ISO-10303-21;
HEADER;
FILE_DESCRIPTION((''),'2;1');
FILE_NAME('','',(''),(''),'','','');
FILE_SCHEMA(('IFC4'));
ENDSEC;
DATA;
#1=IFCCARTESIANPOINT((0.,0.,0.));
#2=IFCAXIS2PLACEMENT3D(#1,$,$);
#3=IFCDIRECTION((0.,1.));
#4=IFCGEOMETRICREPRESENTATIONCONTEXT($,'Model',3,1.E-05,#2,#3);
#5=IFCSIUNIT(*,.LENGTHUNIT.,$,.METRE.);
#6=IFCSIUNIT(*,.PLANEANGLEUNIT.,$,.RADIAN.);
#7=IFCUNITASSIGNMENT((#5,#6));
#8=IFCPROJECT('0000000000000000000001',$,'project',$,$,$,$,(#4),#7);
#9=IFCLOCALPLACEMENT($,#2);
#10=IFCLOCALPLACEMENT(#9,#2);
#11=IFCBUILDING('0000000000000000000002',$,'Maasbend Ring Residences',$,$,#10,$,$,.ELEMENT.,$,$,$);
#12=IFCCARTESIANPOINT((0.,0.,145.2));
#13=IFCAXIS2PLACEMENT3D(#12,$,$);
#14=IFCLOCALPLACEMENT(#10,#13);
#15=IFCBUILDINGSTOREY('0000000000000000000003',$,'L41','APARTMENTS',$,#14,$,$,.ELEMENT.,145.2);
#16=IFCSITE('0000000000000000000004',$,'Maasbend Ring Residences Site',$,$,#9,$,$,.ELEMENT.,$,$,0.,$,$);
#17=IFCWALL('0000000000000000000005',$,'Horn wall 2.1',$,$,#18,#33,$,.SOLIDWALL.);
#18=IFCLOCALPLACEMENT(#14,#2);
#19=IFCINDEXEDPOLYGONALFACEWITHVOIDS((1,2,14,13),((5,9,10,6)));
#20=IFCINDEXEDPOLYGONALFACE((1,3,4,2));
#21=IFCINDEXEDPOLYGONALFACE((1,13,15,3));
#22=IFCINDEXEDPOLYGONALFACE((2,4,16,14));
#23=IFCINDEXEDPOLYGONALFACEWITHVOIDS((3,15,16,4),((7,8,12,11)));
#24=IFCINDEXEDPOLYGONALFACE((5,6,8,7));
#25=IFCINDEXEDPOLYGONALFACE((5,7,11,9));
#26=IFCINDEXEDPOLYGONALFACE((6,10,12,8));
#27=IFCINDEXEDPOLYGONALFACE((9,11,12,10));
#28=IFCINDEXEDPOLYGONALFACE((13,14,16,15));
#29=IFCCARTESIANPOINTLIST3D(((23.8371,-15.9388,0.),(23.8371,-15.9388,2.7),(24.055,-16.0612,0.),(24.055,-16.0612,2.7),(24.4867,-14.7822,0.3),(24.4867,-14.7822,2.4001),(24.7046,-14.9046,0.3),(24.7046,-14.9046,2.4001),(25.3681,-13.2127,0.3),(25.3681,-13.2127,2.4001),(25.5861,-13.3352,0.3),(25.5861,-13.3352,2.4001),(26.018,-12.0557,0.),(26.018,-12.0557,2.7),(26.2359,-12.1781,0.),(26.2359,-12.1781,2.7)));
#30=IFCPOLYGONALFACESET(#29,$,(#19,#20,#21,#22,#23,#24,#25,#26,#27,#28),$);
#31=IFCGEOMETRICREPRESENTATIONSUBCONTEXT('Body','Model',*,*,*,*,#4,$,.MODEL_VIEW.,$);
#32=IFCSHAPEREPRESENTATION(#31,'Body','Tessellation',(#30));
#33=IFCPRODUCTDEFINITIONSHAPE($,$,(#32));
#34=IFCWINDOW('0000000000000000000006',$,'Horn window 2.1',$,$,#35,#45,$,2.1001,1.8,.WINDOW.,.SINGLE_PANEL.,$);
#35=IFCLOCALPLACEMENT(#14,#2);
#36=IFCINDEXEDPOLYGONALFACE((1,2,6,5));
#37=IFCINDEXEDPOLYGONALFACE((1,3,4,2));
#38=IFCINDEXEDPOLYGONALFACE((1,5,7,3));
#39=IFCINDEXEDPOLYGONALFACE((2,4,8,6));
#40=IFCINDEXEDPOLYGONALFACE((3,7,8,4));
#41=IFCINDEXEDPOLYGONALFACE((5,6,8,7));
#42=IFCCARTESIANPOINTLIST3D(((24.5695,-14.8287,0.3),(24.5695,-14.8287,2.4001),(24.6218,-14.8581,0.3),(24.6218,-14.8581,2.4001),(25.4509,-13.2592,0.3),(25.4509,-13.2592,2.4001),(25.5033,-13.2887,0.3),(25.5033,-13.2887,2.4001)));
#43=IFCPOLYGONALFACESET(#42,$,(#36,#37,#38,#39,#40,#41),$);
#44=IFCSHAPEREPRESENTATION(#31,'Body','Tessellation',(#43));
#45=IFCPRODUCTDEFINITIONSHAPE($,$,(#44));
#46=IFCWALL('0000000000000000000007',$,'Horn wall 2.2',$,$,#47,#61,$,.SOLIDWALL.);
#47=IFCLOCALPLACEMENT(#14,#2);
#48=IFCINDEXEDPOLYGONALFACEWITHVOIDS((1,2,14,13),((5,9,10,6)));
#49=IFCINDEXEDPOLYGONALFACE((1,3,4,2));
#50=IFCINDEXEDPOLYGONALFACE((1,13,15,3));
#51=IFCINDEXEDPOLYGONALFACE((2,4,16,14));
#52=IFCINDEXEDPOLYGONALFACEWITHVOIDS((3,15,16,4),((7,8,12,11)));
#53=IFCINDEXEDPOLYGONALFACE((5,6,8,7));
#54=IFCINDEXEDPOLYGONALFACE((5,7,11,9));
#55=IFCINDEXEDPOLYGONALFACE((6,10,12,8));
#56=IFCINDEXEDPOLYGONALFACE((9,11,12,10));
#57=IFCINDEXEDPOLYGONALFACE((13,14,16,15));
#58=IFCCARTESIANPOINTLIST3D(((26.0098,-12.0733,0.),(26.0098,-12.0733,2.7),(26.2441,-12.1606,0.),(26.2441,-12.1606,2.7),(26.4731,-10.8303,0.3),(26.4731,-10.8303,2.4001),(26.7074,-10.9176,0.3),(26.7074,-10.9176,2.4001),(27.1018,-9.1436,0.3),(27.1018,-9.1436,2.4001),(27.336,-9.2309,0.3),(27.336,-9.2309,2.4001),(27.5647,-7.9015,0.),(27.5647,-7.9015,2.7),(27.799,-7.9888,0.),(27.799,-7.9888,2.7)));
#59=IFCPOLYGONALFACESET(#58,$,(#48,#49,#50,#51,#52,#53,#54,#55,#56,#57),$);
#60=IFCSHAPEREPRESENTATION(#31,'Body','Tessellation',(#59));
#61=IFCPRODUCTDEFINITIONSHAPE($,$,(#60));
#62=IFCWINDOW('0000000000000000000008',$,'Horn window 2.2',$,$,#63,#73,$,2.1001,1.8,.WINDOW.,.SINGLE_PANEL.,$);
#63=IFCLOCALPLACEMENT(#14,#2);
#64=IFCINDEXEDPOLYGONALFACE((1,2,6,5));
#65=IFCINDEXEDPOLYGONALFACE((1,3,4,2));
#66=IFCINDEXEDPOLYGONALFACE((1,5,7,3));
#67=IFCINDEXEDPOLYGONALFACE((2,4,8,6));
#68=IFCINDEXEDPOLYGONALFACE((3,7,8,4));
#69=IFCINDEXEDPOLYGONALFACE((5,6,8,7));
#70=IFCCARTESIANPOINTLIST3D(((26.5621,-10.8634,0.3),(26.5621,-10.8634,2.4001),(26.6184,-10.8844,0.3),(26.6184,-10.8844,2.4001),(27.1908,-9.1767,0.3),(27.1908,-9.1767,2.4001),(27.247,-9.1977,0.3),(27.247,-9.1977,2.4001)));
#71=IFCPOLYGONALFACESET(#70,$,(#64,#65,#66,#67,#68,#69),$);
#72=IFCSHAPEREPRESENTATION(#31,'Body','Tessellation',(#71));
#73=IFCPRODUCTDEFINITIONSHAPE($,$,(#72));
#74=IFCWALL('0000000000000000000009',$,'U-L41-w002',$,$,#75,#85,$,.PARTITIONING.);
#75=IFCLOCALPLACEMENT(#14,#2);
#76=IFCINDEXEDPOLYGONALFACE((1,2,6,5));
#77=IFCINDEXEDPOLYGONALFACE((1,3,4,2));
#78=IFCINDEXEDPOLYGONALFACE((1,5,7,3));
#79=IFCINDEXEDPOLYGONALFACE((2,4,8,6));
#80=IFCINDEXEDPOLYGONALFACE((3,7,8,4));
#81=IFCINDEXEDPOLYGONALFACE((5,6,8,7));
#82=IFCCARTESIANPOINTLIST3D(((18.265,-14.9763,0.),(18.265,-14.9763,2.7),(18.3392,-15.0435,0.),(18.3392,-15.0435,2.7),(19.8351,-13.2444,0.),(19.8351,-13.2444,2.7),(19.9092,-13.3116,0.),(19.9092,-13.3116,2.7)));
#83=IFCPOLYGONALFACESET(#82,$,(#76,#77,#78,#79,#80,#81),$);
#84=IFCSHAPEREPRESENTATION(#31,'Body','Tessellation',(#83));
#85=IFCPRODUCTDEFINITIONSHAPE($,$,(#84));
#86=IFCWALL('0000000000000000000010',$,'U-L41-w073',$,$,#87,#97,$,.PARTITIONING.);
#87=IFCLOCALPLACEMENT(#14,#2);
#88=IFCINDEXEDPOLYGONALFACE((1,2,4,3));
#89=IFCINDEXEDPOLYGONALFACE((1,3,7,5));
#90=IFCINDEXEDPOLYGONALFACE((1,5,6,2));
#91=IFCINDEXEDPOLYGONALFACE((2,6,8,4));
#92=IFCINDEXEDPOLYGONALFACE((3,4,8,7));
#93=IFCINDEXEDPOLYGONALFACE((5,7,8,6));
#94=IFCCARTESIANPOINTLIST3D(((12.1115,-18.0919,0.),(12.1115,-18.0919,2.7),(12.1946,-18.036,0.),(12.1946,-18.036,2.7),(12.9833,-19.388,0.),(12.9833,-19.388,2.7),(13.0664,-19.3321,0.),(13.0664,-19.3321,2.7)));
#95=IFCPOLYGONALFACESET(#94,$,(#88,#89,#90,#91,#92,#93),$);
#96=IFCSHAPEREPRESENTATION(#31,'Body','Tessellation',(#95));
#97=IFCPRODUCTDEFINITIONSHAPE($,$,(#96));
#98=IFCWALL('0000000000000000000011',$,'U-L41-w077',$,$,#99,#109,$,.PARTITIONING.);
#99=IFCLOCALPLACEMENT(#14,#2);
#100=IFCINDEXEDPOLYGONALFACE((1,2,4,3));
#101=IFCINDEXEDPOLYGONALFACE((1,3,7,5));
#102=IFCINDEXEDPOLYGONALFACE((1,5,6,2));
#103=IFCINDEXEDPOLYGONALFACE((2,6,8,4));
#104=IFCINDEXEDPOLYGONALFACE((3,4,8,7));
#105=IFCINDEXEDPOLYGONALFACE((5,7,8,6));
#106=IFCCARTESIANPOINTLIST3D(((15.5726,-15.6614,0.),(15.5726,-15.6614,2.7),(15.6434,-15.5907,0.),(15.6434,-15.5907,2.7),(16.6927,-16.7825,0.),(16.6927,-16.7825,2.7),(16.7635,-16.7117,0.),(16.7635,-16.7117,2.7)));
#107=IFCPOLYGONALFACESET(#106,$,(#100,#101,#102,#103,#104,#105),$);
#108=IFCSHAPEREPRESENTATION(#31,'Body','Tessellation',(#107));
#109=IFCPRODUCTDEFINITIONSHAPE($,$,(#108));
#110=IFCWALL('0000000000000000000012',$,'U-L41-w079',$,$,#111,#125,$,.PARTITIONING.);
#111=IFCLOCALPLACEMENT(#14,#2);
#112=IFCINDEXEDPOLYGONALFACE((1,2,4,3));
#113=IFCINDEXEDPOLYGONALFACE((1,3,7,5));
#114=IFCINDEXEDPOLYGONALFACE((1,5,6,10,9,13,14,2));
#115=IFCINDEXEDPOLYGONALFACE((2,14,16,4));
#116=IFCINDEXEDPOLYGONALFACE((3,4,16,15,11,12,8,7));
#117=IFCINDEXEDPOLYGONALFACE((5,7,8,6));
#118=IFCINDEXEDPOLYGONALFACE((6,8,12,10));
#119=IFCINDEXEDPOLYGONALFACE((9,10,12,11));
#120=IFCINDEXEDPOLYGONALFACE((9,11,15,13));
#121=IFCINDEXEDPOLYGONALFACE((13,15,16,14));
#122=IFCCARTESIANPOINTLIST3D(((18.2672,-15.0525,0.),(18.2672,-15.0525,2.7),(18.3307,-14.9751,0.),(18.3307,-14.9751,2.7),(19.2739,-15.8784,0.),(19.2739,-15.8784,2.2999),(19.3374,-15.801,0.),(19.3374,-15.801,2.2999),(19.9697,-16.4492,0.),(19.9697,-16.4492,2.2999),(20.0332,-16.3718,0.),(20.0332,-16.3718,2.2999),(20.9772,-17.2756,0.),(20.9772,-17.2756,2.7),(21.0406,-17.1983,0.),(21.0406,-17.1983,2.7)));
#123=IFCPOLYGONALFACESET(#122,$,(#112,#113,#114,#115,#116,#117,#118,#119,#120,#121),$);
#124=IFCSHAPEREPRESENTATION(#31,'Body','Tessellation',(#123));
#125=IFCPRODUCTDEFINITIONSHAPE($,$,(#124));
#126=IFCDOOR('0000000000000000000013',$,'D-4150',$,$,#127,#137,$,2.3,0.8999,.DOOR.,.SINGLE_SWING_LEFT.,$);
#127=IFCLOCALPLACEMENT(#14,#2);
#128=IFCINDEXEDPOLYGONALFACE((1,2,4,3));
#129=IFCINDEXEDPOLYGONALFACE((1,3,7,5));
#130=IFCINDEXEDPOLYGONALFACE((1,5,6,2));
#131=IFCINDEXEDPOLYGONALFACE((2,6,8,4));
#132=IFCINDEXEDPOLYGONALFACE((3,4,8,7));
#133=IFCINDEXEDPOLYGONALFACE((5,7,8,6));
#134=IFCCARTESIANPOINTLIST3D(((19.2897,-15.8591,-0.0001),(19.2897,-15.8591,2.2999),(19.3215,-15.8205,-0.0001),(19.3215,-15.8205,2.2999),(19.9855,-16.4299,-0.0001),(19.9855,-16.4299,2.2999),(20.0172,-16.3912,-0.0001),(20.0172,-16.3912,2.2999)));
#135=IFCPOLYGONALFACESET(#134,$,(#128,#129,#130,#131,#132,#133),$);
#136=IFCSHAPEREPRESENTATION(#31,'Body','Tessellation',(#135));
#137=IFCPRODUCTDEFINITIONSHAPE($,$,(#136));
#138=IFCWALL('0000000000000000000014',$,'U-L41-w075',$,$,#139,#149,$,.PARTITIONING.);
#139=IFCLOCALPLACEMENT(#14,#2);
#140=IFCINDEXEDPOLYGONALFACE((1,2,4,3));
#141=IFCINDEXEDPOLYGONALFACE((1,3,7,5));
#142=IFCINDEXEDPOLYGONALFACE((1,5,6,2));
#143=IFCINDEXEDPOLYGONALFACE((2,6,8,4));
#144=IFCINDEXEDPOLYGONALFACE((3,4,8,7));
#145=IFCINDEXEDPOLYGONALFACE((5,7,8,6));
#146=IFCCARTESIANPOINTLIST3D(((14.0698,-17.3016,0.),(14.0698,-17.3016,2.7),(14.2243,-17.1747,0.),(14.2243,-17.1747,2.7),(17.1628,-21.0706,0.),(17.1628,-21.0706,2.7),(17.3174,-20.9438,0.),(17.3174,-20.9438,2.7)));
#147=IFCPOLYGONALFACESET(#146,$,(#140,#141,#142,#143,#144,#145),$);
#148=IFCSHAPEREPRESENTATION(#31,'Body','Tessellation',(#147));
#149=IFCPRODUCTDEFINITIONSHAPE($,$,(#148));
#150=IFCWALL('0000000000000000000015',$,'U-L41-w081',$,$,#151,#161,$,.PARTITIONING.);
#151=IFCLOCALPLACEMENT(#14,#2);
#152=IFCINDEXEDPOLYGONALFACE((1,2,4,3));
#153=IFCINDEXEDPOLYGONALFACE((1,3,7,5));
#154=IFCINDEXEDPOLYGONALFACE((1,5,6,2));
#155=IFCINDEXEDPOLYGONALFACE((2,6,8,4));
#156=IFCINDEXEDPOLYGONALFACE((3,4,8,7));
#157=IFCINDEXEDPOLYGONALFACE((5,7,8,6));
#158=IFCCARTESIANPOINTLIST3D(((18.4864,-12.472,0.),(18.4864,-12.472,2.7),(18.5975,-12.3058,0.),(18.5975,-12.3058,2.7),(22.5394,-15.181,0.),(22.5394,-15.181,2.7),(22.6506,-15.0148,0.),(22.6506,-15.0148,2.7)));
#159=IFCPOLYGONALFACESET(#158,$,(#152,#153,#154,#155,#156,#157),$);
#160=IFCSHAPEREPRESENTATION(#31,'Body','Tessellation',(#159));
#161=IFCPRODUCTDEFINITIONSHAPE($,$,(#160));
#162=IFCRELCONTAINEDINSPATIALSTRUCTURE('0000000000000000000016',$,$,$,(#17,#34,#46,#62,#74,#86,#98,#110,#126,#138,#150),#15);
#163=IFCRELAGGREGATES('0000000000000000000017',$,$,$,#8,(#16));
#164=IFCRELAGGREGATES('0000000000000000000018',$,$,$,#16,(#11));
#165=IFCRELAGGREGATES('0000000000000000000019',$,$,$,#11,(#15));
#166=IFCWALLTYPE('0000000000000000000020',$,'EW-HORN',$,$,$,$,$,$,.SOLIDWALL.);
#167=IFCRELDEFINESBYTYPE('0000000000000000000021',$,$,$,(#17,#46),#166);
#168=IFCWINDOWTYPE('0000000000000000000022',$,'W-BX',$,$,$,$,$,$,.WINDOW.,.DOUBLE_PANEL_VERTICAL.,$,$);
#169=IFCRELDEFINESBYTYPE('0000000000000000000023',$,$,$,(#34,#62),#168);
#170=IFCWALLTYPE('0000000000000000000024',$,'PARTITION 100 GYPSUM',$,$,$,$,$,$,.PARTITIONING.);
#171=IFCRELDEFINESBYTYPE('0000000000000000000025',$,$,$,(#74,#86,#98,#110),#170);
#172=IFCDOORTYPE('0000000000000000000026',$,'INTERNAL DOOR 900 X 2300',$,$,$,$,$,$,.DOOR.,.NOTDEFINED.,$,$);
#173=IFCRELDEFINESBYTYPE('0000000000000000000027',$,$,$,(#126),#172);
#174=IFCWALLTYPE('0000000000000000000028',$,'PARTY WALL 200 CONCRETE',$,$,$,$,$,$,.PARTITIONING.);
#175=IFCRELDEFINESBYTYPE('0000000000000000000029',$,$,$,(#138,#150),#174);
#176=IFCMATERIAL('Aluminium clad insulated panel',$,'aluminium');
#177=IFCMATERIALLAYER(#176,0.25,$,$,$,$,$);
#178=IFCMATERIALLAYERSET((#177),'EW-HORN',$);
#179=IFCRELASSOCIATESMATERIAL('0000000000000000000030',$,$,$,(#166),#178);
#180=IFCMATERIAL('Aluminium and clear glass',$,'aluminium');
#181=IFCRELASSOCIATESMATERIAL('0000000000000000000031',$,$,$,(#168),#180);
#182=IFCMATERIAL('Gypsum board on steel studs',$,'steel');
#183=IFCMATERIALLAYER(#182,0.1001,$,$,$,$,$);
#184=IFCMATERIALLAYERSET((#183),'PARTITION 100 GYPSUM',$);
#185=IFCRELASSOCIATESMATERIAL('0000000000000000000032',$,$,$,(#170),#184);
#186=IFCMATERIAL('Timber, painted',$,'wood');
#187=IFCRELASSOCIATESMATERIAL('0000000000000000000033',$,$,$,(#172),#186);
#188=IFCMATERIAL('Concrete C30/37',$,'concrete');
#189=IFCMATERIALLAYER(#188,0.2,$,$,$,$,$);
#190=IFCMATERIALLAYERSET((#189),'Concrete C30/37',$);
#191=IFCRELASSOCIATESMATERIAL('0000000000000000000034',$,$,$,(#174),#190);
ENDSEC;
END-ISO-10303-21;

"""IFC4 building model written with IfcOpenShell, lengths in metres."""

from ifc_helpers import new_model, si_unit, direction, frame, frame_2d, origin, place, context, subcontext, project, spatial, rectangle, extrude, material, layer, layer_set, type_object, element, fill, save


model = new_model("IFC4")

# Units and contexts
model_context = context("Model", 3, precision=1e-05, world=origin(), true_north=direction((0.0, 1.0)))
body_context = subcontext(model_context, "Body", "Model", "MODEL_VIEW")
ifc_project = project(units=[si_unit("LENGTHUNIT", "METRE"), si_unit("PLANEANGLEUNIT", "RADIAN")], contexts=[model_context])

# Site, building, storey
site_placement = place(None, origin())
site = spatial("IfcSite", under=ifc_project, at=site_placement, Name="Maasbend Ring Residences Site", CompositionType="ELEMENT", RefElevation=0.0)
building_placement = place(site_placement, origin())
building = spatial("IfcBuilding", under=site, at=building_placement, Name="Maasbend Ring Residences", CompositionType="ELEMENT")
storey_placement = place(building_placement, frame((0.0, 0.0, 145.2)))
storey = spatial("IfcBuildingStorey", under=building, at=storey_placement, Name="L41", Description="APARTMENTS", CompositionType="ELEMENT", Elevation=145.2)

# Walls, openings, windows
ifc_material_1 = material(Name="Aluminium clad insulated panel", Category="aluminium")
ifc_layer_1 = layer(ifc_material_1, 0.25)
ifc_layer_set_1 = layer_set([ifc_layer_1], Name="EW-HORN")
wall_type_1 = type_object("IfcWallType", Name="EW-HORN", PredefinedType="SOLIDWALL", material=ifc_layer_set_1)
wall_1_placement = place(storey_placement, frame((23.946, -16.0, 0.0), z_axis=(0.0, 0.0, 1.0), x_axis=(0.489696, 0.871893, 0.0)))
wall_1 = element("IfcWall", 1, at=wall_1_placement, inside=storey, type_object=wall_type_1, Name="Horn wall 2.1", PredefinedType="SOLIDWALL", context=body_context, shape_type="SweptSolid", body=[
    extrude(rectangle(XDim=4.4536, YDim=0.25, at=frame_2d((2.2268, 0.0))), origin(), (0.0, 0.0, 1.0), 2.7),
])
opening_1_placement = place(wall_1_placement, frame((1.3267, 0.0, 0.3)))
opening_1 = element("IfcOpeningElement", 2, at=opening_1_placement, cuts=wall_1, PredefinedType="OPENING", context=body_context, shape_type="SweptSolid", body=[
    extrude(rectangle(XDim=1.8, YDim=2.1001, at=frame_2d((0.8999, 1.05))), frame((0.0, 0.135, 0.0), z_axis=(0.0, -1.0, 0.0), x_axis=(1.0, 0.0, 0.0)), (0.0, 0.0, 1.0), 0.27),
])
ifc_material_2 = material(Name="Aluminium and clear glass", Category="aluminium")
window_type = type_object("IfcWindowType", Name="W-BX", PartitioningType="DOUBLE_PANEL_VERTICAL", PredefinedType="WINDOW", material=ifc_material_2)
window_1_placement = place(opening_1_placement, origin())
window_1 = element("IfcWindow", 3, at=window_1_placement, inside=storey, type_object=window_type, Name="Horn window 2.1", OverallHeight=2.1001, OverallWidth=1.8, PartitioningType="SINGLE_PANEL", PredefinedType="WINDOW", context=body_context, shape_type="SweptSolid", body=[
    extrude(rectangle(XDim=1.8, YDim=2.1001, at=frame_2d((0.8999, 1.05))), frame((0.0, 0.03, 0.0), z_axis=(0.0, -1.0, 0.0), x_axis=(1.0, 0.0, 0.0)), (0.0, 0.0, 1.0), 0.0601),
])
fill(opening_1, window_1)
wall_2_placement = place(storey_placement, frame((26.127, -12.1169, 0.0), z_axis=(0.0, 0.0, 1.0), x_axis=(0.349248, 0.93703, 0.0)))
wall_2 = element("IfcWall", 4, at=wall_2_placement, inside=storey, type_object=wall_type_1, Name="Horn wall 2.2", PredefinedType="SOLIDWALL", context=body_context, shape_type="SweptSolid", body=[
    extrude(rectangle(XDim=4.4521, YDim=0.25, at=frame_2d((2.2261, 0.0))), origin(), (0.0, 0.0, 1.0), 2.7),
])
opening_2_placement = place(wall_2_placement, frame((1.3267, 0.0, 0.3)))
opening_2 = element("IfcOpeningElement", 5, at=opening_2_placement, cuts=wall_2, PredefinedType="OPENING", context=body_context, shape_type="SweptSolid", body=[
    extrude(rectangle(XDim=1.8, YDim=2.1001, at=frame_2d((0.8999, 1.05))), frame((0.0, 0.135, 0.0), z_axis=(0.0, -1.0, 0.0), x_axis=(1.0, 0.0, 0.0)), (0.0, 0.0, 1.0), 0.27),
])
window_2_placement = place(opening_2_placement, origin())
window_2 = element("IfcWindow", 6, at=window_2_placement, inside=storey, type_object=window_type, Name="Horn window 2.2", OverallHeight=2.1001, OverallWidth=1.8, PartitioningType="SINGLE_PANEL", PredefinedType="WINDOW", context=body_context, shape_type="SweptSolid", body=[
    extrude(rectangle(XDim=1.8, YDim=2.1001, at=frame_2d((0.8999, 1.05))), frame((0.0, 0.03, 0.0), z_axis=(0.0, -1.0, 0.0), x_axis=(1.0, 0.0, 0.0)), (0.0, 0.0, 1.0), 0.0601),
])
fill(opening_2, window_2)

# Walls
ifc_material_3 = material(Name="Gypsum board on steel studs", Category="steel")
ifc_layer_2 = layer(ifc_material_3, 0.1001)
ifc_layer_set_2 = layer_set([ifc_layer_2], Name="PARTITION 100 GYPSUM")
wall_type_2 = type_object("IfcWallType", Name="PARTITION 100 GYPSUM", PredefinedType="PARTITIONING", material=ifc_layer_set_2)
wall_3_placement = place(storey_placement, frame((18.302, -15.01, 0.0), z_axis=(0.0, 0.0, 1.0), x_axis=(0.671638, 0.74088, 0.0)))
element("IfcWall", 7, at=wall_3_placement, inside=storey, type_object=wall_type_2, Name="U-L41-w002", PredefinedType="PARTITIONING", context=body_context, shape_type="SweptSolid", body=[
    extrude(rectangle(XDim=2.3376, YDim=0.1001, at=frame_2d((1.1689, 0.0))), origin(), (0.0, 0.0, 1.0), 2.7),
])
wall_4_placement = place(storey_placement, frame((12.1531, -18.064, 0.0), z_axis=(0.0, 0.0, 1.0), x_axis=(0.558122, -0.829759, 0.0)))
element("IfcWall", 8, at=wall_4_placement, inside=storey, type_object=wall_type_2, Name="U-L41-w073", PredefinedType="PARTITIONING", context=body_context, shape_type="SweptSolid", body=[
    extrude(rectangle(XDim=1.562, YDim=0.1001, at=frame_2d((0.781, 0.0))), origin(), (0.0, 0.0, 1.0), 2.7),
])
wall_5_placement = place(storey_placement, frame((15.6079, -15.626, 0.0), z_axis=(0.0, 0.0, 1.0), x_axis=(0.706799, -0.707415, 0.0)))
element("IfcWall", 9, at=wall_5_placement, inside=storey, type_object=wall_type_2, Name="U-L41-w077", PredefinedType="PARTITIONING", context=body_context, shape_type="SweptSolid", body=[
    extrude(rectangle(XDim=1.5847, YDim=0.1001, at=frame_2d((0.7925, 0.0))), origin(), (0.0, 0.0, 1.0), 2.7),
])

# Wall, opening, door
wall_6_placement = place(storey_placement, frame((18.2991, -15.0139, 0.0), z_axis=(0.0, 0.0, 1.0), x_axis=(0.773131, -0.634246, 0.0)))
wall_6 = element("IfcWall", 10, at=wall_6_placement, inside=storey, type_object=wall_type_2, Name="U-L41-w079", PredefinedType="PARTITIONING", context=body_context, shape_type="SweptSolid", body=[
    extrude(rectangle(XDim=3.5051, YDim=0.1001, at=frame_2d((1.7524, 0.0))), origin(), (0.0, 0.0, 1.0), 2.7),
])
opening_3_placement = place(wall_6_placement, frame((1.302, 0.0, 0.0)))
opening_3 = element("IfcOpeningElement", 11, at=opening_3_placement, cuts=wall_6, PredefinedType="OPENING", context=body_context, shape_type="SweptSolid", body=[
    extrude(rectangle(XDim=0.8999, YDim=2.3, at=frame_2d((0.45, 1.1499))), frame((0.0, 0.0601, 0.0), z_axis=(0.0, -1.0, 0.0), x_axis=(1.0, 0.0, 0.0)), (0.0, 0.0, 1.0), 0.1201),
])
ifc_material_4 = material(Name="Timber, painted", Category="wood")
door_type_1 = type_object("IfcDoorType", Name="INTERNAL DOOR 900 X 2300", OperationType="NOTDEFINED", PredefinedType="DOOR", material=ifc_material_4)
door_1_placement = place(opening_3_placement, origin())
door_1 = element("IfcDoor", 12, at=door_1_placement, inside=storey, type_object=door_type_1, Name="D-4150", OperationType="SINGLE_SWING_LEFT", OverallHeight=2.3, OverallWidth=0.8999, PredefinedType="DOOR", context=body_context, shape_type="SweptSolid", body=[
    extrude(rectangle(XDim=0.8999, YDim=2.3, at=frame_2d((0.45, 1.1499))), frame((0.0, 0.0249, 0.0), z_axis=(0.0, -1.0, 0.0), x_axis=(1.0, 0.0, 0.0)), (0.0, 0.0, 1.0), 0.05),
])
fill(opening_3, door_1)

# Walls
ifc_material_5 = material(Name="Concrete C30/37", Category="concrete")
ifc_layer_3 = layer(ifc_material_5, 0.2)
ifc_layer_set_3 = layer_set([ifc_layer_3], Name="Concrete C30/37")
wall_type_3 = type_object("IfcWallType", Name="PARTY WALL 200 CONCRETE", PredefinedType="PARTITIONING", material=ifc_layer_set_3)
wall_7_placement = place(storey_placement, frame((14.147, -17.238, 0.0), z_axis=(0.0, 0.0, 1.0), x_axis=(0.634374, -0.773026, 0.0)))
element("IfcWall", 13, at=wall_7_placement, inside=storey, type_object=wall_type_3, Name="U-L41-w075", PredefinedType="PARTITIONING", context=body_context, shape_type="SweptSolid", body=[
    extrude(rectangle(XDim=4.8757, YDim=0.2, at=frame_2d((2.438, 0.0))), origin(), (0.0, 0.0, 1.0), 2.7),
])
wall_8_placement = place(storey_placement, frame((18.542, -12.3889, 0.0), z_axis=(0.0, 0.0, 1.0), x_axis=(0.831387, -0.555694, 0.0)))
element("IfcWall", 14, at=wall_8_placement, inside=storey, type_object=wall_type_3, Name="U-L41-w081", PredefinedType="PARTITIONING", context=body_context, shape_type="SweptSolid", body=[
    extrude(rectangle(XDim=4.875, YDim=0.2, at=frame_2d((2.4375, 0.0))), origin(), (0.0, 0.0, 1.0), 2.7),
])

save(model, "model.ifc")
